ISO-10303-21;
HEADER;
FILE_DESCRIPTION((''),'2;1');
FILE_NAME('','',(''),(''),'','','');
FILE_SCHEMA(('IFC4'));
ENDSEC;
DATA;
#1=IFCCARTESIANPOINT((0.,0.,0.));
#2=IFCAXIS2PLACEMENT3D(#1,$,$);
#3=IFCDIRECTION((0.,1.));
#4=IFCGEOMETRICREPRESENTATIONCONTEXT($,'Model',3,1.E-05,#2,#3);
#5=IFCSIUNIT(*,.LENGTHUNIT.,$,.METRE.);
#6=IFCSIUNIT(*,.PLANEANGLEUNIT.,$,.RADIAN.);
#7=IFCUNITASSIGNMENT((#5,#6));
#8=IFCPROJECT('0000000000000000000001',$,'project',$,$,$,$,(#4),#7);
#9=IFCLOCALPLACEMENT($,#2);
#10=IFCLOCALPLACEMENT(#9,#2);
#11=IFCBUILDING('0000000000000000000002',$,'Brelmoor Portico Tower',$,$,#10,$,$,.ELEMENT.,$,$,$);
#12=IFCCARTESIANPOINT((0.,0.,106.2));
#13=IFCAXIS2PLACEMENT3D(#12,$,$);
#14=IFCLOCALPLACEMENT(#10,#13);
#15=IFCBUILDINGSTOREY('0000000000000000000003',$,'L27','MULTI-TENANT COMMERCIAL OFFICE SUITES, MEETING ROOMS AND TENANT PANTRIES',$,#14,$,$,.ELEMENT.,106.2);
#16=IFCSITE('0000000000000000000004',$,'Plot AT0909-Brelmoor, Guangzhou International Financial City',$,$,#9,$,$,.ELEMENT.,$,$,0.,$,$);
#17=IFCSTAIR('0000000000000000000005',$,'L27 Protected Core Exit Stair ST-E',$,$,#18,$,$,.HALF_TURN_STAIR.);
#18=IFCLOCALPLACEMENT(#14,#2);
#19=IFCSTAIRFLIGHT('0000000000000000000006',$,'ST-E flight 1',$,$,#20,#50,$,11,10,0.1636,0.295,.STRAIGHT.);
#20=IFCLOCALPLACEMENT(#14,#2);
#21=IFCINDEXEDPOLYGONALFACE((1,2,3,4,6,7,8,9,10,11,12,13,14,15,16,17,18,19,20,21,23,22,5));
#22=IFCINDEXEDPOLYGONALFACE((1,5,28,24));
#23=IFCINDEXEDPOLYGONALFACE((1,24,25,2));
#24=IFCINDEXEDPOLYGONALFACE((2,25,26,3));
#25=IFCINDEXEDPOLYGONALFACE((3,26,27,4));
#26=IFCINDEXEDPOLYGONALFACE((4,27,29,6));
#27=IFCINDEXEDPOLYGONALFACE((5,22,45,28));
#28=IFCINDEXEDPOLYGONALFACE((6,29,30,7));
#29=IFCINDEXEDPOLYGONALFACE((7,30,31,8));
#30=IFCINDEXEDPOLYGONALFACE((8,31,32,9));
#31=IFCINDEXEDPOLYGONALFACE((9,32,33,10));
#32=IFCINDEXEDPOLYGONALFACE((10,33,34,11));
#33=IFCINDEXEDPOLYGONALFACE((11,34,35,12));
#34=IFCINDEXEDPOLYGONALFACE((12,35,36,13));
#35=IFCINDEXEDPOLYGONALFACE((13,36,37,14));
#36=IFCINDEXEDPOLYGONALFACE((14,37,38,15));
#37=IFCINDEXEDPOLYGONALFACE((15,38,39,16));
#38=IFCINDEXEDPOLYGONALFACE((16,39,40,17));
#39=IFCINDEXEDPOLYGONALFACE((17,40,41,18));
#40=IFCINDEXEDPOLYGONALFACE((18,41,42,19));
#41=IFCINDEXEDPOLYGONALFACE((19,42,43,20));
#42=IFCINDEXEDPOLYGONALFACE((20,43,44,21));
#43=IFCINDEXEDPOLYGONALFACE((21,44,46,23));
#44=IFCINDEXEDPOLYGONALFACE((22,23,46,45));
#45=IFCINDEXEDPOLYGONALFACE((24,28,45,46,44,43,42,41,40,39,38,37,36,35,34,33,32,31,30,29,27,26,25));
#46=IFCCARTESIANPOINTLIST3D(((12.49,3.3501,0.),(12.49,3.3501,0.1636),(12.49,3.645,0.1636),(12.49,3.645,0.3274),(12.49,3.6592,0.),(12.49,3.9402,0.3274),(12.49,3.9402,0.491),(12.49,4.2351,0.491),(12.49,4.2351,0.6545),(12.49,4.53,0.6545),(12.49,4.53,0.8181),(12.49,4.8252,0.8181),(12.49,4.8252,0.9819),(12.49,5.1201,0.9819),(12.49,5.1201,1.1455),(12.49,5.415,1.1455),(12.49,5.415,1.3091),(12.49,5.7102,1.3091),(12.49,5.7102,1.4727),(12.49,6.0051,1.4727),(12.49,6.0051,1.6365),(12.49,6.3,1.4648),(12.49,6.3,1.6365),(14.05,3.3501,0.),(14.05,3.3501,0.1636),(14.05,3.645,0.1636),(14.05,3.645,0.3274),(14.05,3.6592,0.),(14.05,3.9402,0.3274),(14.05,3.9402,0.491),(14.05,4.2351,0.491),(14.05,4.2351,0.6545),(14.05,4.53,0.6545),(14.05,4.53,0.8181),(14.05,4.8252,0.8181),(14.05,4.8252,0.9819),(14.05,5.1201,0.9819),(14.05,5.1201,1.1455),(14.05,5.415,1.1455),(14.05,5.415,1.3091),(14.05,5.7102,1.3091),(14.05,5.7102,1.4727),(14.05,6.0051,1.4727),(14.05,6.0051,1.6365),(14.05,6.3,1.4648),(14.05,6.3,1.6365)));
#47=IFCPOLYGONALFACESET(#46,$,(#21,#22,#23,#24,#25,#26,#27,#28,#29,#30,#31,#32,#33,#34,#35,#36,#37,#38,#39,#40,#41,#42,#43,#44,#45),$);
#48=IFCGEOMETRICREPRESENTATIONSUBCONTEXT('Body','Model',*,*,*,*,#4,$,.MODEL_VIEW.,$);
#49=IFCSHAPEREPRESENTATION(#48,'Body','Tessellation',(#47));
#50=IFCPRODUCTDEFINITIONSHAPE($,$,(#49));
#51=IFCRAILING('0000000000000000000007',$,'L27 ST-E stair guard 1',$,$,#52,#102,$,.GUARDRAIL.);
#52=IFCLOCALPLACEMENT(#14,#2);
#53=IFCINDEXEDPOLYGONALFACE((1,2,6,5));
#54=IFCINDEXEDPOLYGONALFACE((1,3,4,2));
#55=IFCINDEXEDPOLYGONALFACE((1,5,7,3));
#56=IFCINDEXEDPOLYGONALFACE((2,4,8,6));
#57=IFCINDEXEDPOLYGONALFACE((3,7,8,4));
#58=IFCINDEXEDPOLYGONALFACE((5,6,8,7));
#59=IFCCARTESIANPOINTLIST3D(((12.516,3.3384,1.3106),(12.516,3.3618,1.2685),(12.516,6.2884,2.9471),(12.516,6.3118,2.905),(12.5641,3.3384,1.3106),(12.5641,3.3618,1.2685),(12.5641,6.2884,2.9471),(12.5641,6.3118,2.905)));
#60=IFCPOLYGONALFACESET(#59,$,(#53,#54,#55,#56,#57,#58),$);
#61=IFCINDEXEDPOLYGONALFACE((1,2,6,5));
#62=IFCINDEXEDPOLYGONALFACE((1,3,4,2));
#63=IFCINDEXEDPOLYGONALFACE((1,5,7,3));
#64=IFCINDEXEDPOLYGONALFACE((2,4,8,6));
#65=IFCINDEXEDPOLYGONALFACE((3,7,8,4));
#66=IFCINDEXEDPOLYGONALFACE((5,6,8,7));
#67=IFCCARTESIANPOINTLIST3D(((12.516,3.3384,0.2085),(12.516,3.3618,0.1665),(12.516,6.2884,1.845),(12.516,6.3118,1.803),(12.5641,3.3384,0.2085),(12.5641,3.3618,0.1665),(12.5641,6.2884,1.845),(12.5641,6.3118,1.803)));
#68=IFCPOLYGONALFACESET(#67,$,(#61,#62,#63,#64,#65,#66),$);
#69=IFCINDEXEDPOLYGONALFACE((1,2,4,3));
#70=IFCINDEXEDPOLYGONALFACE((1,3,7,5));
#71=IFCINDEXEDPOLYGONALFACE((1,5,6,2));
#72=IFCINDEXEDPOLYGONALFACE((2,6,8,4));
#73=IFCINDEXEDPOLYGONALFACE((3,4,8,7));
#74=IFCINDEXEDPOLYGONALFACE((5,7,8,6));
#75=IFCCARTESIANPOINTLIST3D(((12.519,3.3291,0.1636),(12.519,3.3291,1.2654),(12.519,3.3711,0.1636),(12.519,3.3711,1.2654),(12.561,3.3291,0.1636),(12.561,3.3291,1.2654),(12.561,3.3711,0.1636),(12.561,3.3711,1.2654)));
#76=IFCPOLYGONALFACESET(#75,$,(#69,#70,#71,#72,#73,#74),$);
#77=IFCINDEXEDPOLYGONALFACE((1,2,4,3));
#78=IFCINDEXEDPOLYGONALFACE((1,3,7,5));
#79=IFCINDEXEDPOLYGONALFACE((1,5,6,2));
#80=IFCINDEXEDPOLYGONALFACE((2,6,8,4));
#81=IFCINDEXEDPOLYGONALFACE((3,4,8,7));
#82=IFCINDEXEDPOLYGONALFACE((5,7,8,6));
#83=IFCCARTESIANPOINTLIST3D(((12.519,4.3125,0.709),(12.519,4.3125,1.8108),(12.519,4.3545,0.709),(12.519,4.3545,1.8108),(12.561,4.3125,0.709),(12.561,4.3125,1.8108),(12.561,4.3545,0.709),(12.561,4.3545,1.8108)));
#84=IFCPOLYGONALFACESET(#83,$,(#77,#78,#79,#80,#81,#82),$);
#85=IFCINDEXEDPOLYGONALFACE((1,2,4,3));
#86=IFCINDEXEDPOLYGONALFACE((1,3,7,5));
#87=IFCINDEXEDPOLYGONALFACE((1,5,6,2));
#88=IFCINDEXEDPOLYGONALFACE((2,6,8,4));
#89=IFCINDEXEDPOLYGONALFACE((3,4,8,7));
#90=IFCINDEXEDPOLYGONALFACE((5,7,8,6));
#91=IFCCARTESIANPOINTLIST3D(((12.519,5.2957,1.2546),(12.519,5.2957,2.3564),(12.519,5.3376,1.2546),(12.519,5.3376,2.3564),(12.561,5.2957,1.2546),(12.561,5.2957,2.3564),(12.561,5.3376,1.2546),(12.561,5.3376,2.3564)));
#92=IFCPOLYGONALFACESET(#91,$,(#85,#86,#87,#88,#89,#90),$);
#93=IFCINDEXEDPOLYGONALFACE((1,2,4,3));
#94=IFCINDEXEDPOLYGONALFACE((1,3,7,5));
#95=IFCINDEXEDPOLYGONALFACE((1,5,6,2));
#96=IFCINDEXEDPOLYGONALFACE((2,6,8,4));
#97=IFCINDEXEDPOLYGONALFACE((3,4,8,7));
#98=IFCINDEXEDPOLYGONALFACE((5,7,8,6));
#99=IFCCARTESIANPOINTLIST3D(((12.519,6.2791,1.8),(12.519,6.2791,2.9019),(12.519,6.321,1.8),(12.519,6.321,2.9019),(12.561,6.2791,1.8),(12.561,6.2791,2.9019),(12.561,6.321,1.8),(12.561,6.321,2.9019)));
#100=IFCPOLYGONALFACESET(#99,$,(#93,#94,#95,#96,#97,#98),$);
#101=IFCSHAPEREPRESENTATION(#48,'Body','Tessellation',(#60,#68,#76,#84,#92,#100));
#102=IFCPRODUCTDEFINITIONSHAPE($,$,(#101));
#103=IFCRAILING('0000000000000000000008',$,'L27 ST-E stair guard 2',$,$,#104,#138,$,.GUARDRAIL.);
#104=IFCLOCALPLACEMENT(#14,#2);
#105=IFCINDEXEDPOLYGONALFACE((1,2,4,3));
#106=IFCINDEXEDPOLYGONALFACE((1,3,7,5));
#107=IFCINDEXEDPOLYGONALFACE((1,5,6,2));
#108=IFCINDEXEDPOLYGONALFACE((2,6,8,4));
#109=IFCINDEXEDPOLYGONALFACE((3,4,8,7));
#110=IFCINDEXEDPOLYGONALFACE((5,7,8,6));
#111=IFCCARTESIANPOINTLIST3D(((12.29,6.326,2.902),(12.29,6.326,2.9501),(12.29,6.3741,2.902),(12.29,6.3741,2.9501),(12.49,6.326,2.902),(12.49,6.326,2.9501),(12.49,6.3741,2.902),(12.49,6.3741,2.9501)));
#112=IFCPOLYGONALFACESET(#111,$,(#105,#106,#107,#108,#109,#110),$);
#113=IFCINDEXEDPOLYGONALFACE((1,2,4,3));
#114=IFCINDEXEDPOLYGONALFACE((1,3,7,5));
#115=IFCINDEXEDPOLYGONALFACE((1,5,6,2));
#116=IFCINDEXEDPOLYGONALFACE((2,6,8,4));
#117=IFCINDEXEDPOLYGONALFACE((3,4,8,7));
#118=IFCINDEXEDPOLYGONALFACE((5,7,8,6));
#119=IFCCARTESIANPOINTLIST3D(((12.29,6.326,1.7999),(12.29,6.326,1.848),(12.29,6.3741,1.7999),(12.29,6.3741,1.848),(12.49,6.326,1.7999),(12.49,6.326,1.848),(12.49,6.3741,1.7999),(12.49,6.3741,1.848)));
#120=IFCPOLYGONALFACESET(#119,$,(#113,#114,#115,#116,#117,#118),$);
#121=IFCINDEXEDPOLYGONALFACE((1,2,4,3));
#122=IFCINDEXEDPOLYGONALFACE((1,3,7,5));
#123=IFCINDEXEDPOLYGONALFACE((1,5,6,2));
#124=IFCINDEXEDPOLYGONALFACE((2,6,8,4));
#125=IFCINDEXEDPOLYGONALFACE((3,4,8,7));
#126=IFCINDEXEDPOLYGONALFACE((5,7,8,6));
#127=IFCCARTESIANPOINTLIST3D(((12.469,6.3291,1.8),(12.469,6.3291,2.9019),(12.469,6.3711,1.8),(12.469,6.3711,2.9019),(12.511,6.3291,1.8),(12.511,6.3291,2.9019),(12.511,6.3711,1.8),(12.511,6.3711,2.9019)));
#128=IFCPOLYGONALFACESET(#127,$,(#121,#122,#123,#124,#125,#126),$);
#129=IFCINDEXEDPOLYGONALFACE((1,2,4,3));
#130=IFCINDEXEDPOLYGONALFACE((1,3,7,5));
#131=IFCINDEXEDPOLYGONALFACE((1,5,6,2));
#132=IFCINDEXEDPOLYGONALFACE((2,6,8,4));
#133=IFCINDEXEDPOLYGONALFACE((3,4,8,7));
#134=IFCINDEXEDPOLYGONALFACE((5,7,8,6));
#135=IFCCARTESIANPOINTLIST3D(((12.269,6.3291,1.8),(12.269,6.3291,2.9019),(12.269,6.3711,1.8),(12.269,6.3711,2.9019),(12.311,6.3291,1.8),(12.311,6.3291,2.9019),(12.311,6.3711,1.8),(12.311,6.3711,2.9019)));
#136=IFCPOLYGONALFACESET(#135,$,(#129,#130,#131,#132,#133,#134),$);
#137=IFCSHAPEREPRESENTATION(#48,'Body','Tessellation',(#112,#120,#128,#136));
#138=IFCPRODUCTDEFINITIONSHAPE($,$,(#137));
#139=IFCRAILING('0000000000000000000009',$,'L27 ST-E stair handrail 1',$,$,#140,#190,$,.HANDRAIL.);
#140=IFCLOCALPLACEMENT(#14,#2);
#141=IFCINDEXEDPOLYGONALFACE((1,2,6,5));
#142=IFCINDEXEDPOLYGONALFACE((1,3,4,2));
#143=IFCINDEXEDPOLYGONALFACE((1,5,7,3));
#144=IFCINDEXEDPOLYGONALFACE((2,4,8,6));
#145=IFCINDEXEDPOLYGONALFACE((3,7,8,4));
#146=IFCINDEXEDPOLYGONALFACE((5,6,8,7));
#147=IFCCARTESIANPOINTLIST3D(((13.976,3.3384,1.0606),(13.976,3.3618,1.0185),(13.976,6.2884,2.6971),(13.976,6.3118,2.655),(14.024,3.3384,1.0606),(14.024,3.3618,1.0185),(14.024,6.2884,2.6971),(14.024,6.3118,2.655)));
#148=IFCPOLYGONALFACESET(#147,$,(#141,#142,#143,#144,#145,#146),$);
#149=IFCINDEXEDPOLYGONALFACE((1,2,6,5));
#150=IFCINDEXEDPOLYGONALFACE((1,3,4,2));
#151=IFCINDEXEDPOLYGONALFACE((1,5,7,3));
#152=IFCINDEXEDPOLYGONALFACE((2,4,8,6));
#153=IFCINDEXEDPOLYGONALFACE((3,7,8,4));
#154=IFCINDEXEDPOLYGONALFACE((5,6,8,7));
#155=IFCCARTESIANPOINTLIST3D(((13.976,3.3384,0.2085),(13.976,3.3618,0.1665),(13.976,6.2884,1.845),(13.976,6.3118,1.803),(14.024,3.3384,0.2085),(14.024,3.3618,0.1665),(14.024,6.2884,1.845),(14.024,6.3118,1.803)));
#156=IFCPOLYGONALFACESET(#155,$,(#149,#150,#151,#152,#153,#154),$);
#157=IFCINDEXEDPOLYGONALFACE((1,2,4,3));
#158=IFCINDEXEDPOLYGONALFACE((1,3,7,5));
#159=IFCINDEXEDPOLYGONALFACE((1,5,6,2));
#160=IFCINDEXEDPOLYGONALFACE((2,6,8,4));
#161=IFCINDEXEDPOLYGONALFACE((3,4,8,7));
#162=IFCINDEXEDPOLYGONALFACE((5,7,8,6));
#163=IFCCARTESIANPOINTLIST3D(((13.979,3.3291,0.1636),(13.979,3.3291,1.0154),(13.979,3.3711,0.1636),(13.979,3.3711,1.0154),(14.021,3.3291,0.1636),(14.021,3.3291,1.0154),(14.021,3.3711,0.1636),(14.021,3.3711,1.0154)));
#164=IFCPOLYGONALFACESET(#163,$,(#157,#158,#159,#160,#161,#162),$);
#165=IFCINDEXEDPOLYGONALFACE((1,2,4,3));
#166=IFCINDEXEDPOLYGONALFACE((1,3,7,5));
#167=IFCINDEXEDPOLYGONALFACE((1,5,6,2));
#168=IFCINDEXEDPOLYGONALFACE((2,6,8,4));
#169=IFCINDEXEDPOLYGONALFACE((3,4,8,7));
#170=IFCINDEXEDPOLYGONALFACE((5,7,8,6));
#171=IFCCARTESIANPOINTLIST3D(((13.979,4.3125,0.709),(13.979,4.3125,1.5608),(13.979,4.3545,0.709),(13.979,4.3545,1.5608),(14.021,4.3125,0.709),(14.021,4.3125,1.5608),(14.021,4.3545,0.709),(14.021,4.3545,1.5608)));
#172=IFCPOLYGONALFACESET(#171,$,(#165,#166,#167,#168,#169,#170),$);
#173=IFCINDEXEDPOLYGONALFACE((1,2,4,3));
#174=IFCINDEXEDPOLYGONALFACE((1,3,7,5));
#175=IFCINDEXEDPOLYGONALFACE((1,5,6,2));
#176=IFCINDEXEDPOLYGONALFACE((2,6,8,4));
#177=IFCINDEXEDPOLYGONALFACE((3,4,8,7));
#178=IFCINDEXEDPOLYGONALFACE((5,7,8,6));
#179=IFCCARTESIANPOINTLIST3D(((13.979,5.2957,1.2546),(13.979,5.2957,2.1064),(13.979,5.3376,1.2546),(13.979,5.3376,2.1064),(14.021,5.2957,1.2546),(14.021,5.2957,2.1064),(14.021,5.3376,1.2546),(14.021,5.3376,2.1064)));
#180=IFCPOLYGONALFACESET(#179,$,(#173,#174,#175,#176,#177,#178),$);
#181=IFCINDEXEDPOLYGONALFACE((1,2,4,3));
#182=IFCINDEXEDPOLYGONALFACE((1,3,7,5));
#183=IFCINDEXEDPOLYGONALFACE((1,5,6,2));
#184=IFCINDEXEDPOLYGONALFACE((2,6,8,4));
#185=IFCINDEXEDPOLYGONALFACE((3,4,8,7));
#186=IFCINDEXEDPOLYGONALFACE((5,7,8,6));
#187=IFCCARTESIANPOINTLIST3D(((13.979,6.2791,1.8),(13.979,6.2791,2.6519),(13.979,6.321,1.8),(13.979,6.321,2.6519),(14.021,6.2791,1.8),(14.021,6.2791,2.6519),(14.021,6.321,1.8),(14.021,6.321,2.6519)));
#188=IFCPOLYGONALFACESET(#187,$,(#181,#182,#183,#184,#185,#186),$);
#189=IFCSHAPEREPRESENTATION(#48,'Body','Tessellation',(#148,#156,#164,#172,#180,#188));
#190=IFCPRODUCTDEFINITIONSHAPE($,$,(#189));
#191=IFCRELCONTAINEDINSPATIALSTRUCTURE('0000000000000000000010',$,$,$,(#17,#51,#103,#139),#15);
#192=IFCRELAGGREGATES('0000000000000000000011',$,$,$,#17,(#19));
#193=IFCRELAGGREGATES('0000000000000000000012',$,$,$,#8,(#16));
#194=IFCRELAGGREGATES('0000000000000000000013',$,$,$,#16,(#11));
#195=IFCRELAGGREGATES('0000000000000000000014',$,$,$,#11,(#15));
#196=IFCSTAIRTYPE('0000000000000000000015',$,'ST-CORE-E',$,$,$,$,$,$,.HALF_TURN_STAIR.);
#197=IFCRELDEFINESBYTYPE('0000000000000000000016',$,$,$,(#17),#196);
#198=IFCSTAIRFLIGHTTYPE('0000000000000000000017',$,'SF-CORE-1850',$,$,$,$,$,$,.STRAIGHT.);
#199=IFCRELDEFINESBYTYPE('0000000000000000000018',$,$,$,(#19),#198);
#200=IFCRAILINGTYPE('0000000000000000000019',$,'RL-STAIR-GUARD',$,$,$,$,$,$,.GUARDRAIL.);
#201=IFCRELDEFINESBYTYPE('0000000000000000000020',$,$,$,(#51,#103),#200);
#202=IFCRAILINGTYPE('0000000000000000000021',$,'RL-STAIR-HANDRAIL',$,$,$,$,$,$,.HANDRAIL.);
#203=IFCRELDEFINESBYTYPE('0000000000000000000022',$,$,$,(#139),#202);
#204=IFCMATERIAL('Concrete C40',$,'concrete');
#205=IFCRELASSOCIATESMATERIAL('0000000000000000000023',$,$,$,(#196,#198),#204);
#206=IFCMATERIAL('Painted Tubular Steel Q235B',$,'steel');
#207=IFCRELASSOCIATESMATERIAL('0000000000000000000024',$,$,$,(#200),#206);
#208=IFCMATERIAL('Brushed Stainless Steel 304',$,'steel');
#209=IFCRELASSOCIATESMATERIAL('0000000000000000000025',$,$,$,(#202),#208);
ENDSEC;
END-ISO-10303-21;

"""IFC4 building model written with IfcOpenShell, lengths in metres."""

from ifc_helpers import new_model, si_unit, direction, frame, origin, origin_2d, place, context, subcontext, project, spatial, polyline, rectangle, outline, extrude, material, type_object, element, aggregate, save


model = new_model("IFC4")

# Units and contexts
model_context = context("Model", 3, precision=1e-05, world=origin(), true_north=direction((0.0, 1.0)))
body_context = subcontext(model_context, "Body", "Model", "MODEL_VIEW")
ifc_project = project(units=[si_unit("LENGTHUNIT", "METRE"), si_unit("PLANEANGLEUNIT", "RADIAN")], contexts=[model_context])

# Site, building, storey
site_placement = place(None, origin())
site = spatial("IfcSite", under=ifc_project, at=site_placement, Name="Plot AT0909-Brelmoor, Guangzhou International Financial City", CompositionType="ELEMENT", RefElevation=0.0)
building_placement = place(site_placement, origin())
building = spatial("IfcBuilding", under=site, at=building_placement, Name="Brelmoor Portico Tower", CompositionType="ELEMENT")
storey_placement = place(building_placement, frame((0.0, 0.0, 106.2)))
storey = spatial("IfcBuildingStorey", under=building, at=storey_placement, Name="L27", Description="MULTI-TENANT COMMERCIAL OFFICE SUITES, MEETING ROOMS AND TENANT PANTRIES", CompositionType="ELEMENT", Elevation=106.2)

# Shared definitions
ifc_material_1 = material(Name="Concrete C40", Category="concrete")

# Stair, stair flight
stair_type = type_object("IfcStairType", Name="ST-CORE-E", PredefinedType="HALF_TURN_STAIR", material=ifc_material_1)
stair_placement = place(storey_placement, origin())
stair = element("IfcStair", 1, at=stair_placement, inside=storey, type_object=stair_type, Name="L27 Protected Core Exit Stair ST-E", PredefinedType="HALF_TURN_STAIR")
stair_flight_type = type_object("IfcStairFlightType", Name="SF-CORE-1850", PredefinedType="STRAIGHT", material=ifc_material_1)
stair_flight_placement = place(storey_placement, frame((13.27, 3.3501, 0.0), z_axis=(0.0, 0.0, 1.0), x_axis=(0.0, 1.0, 0.0)))
stair_flight = element("IfcStairFlight", 2, at=stair_flight_placement, type_object=stair_flight_type, Name="ST-E flight 1", NumberOfRisers=11, NumberOfTreads=10, PredefinedType="STRAIGHT", RiserHeight=0.1636, TreadLength=0.295, context=body_context, shape_type="SweptSolid", body=[
    extrude(outline(polyline([(0.0, 0.0), (0.0, 0.1636), (0.2949, 0.1636), (0.2949, 0.3274), (0.5901, 0.3274), (0.5901, 0.491), (0.885, 0.491), (0.885, 0.6545), (1.1799, 0.6545), (1.1799, 0.8181), (1.4751, 0.8181), (1.4751, 0.9819), (1.77, 0.9819), (1.77, 1.1455), (2.0649, 1.1455), (2.0649, 1.3091), (2.3601, 1.3091), (2.3601, 1.4727), (2.655, 1.4727), (2.655, 1.6365), (2.95, 1.6365), (2.95, 1.8), (2.95, 1.4648), (0.3091, 0.0), (0.0, 0.0)])), frame((0.0, 0.78, 0.0), z_axis=(0.0, -1.0, 0.0), x_axis=(1.0, 0.0, 0.0)), (0.0, 0.0, 1.0), 1.5601),
])
aggregate(stair, [stair_flight])

# Railings
ifc_material_2 = material(Name="Painted Tubular Steel Q235B", Category="steel")
railing_type_1 = type_object("IfcRailingType", Name="RL-STAIR-GUARD", PredefinedType="GUARDRAIL", material=ifc_material_2)
railing_1_placement = place(storey_placement, frame((12.54, 3.3501, 0.1636)))
element("IfcRailing", 3, at=railing_1_placement, inside=storey, type_object=railing_type_1, Name="L27 ST-E stair guard 1", PredefinedType="GUARDRAIL", context=body_context, shape_type="SweptSolid", body=[
    extrude(rectangle(XDim=0.0481, YDim=0.0481, at=origin_2d()), frame((0.0, 0.0, 1.126), z_axis=(0.0, 0.874458, 0.485102), x_axis=(-1.0, 0.0, 0.0)), (0.0, 0.0, 1.0), 3.3735),
    extrude(rectangle(XDim=0.0481, YDim=0.0481, at=origin_2d()), frame((0.0, 0.0, 0.0239), z_axis=(0.0, 0.874458, 0.485102), x_axis=(-1.0, 0.0, 0.0)), (0.0, 0.0, 1.0), 3.3735),
    extrude(rectangle(XDim=0.042, YDim=0.042, at=origin_2d()), origin(), (0.0, 0.0, 1.0), 1.1018),
    extrude(rectangle(XDim=0.042, YDim=0.042, at=origin_2d()), frame((0.0, 0.9834, 0.5454)), (0.0, 0.0, 1.0), 1.1018),
    extrude(rectangle(XDim=0.042, YDim=0.042, at=origin_2d()), frame((0.0, 1.9666, 1.0911)), (0.0, 0.0, 1.0), 1.1018),
    extrude(rectangle(XDim=0.042, YDim=0.042, at=origin_2d()), frame((0.0, 2.95, 1.6365)), (0.0, 0.0, 1.0), 1.1018),
])
railing_2_placement = place(storey_placement, frame((12.49, 6.3501, 1.8)))
element("IfcRailing", 4, at=railing_2_placement, inside=storey, type_object=railing_type_1, Name="L27 ST-E stair guard 2", PredefinedType="GUARDRAIL", context=body_context, shape_type="SweptSolid", body=[
    extrude(rectangle(XDim=0.0481, YDim=0.0481, at=origin_2d()), frame((0.0, 0.0, 1.126), z_axis=(-1.0, 0.0, 0.0), x_axis=(0.0, -1.0, 0.0)), (0.0, 0.0, 1.0), 0.2),
    extrude(rectangle(XDim=0.0481, YDim=0.0481, at=origin_2d()), frame((0.0, 0.0, 0.0239), z_axis=(-1.0, 0.0, 0.0), x_axis=(0.0, -1.0, 0.0)), (0.0, 0.0, 1.0), 0.2),
    extrude(rectangle(XDim=0.042, YDim=0.042, at=origin_2d()), origin(), (0.0, 0.0, 1.0), 1.1018),
    extrude(rectangle(XDim=0.042, YDim=0.042, at=origin_2d()), frame((-0.2, 0.0, 0.0)), (0.0, 0.0, 1.0), 1.1018),
])
ifc_material_3 = material(Name="Brushed Stainless Steel 304", Category="steel")
railing_type_2 = type_object("IfcRailingType", Name="RL-STAIR-HANDRAIL", PredefinedType="HANDRAIL", material=ifc_material_3)
railing_3_placement = place(storey_placement, frame((14.0, 3.3501, 0.1636)))
element("IfcRailing", 5, at=railing_3_placement, inside=storey, type_object=railing_type_2, Name="L27 ST-E stair handrail 1", PredefinedType="HANDRAIL", context=body_context, shape_type="SweptSolid", body=[
    extrude(rectangle(XDim=0.0481, YDim=0.0481, at=origin_2d()), frame((0.0, 0.0, 0.876), z_axis=(0.0, 0.874458, 0.485102), x_axis=(-1.0, 0.0, 0.0)), (0.0, 0.0, 1.0), 3.3735),
    extrude(rectangle(XDim=0.0481, YDim=0.0481, at=origin_2d()), frame((0.0, 0.0, 0.0239), z_axis=(0.0, 0.874458, 0.485102), x_axis=(-1.0, 0.0, 0.0)), (0.0, 0.0, 1.0), 3.3735),
    extrude(rectangle(XDim=0.042, YDim=0.042, at=origin_2d()), origin(), (0.0, 0.0, 1.0), 0.8518),
    extrude(rectangle(XDim=0.042, YDim=0.042, at=origin_2d()), frame((0.0, 0.9834, 0.5454)), (0.0, 0.0, 1.0), 0.8518),
    extrude(rectangle(XDim=0.042, YDim=0.042, at=origin_2d()), frame((0.0, 1.9666, 1.0911)), (0.0, 0.0, 1.0), 0.8518),
    extrude(rectangle(XDim=0.042, YDim=0.042, at=origin_2d()), frame((0.0, 2.95, 1.6365)), (0.0, 0.0, 1.0), 0.8518),
])

save(model, "model.ifc")
